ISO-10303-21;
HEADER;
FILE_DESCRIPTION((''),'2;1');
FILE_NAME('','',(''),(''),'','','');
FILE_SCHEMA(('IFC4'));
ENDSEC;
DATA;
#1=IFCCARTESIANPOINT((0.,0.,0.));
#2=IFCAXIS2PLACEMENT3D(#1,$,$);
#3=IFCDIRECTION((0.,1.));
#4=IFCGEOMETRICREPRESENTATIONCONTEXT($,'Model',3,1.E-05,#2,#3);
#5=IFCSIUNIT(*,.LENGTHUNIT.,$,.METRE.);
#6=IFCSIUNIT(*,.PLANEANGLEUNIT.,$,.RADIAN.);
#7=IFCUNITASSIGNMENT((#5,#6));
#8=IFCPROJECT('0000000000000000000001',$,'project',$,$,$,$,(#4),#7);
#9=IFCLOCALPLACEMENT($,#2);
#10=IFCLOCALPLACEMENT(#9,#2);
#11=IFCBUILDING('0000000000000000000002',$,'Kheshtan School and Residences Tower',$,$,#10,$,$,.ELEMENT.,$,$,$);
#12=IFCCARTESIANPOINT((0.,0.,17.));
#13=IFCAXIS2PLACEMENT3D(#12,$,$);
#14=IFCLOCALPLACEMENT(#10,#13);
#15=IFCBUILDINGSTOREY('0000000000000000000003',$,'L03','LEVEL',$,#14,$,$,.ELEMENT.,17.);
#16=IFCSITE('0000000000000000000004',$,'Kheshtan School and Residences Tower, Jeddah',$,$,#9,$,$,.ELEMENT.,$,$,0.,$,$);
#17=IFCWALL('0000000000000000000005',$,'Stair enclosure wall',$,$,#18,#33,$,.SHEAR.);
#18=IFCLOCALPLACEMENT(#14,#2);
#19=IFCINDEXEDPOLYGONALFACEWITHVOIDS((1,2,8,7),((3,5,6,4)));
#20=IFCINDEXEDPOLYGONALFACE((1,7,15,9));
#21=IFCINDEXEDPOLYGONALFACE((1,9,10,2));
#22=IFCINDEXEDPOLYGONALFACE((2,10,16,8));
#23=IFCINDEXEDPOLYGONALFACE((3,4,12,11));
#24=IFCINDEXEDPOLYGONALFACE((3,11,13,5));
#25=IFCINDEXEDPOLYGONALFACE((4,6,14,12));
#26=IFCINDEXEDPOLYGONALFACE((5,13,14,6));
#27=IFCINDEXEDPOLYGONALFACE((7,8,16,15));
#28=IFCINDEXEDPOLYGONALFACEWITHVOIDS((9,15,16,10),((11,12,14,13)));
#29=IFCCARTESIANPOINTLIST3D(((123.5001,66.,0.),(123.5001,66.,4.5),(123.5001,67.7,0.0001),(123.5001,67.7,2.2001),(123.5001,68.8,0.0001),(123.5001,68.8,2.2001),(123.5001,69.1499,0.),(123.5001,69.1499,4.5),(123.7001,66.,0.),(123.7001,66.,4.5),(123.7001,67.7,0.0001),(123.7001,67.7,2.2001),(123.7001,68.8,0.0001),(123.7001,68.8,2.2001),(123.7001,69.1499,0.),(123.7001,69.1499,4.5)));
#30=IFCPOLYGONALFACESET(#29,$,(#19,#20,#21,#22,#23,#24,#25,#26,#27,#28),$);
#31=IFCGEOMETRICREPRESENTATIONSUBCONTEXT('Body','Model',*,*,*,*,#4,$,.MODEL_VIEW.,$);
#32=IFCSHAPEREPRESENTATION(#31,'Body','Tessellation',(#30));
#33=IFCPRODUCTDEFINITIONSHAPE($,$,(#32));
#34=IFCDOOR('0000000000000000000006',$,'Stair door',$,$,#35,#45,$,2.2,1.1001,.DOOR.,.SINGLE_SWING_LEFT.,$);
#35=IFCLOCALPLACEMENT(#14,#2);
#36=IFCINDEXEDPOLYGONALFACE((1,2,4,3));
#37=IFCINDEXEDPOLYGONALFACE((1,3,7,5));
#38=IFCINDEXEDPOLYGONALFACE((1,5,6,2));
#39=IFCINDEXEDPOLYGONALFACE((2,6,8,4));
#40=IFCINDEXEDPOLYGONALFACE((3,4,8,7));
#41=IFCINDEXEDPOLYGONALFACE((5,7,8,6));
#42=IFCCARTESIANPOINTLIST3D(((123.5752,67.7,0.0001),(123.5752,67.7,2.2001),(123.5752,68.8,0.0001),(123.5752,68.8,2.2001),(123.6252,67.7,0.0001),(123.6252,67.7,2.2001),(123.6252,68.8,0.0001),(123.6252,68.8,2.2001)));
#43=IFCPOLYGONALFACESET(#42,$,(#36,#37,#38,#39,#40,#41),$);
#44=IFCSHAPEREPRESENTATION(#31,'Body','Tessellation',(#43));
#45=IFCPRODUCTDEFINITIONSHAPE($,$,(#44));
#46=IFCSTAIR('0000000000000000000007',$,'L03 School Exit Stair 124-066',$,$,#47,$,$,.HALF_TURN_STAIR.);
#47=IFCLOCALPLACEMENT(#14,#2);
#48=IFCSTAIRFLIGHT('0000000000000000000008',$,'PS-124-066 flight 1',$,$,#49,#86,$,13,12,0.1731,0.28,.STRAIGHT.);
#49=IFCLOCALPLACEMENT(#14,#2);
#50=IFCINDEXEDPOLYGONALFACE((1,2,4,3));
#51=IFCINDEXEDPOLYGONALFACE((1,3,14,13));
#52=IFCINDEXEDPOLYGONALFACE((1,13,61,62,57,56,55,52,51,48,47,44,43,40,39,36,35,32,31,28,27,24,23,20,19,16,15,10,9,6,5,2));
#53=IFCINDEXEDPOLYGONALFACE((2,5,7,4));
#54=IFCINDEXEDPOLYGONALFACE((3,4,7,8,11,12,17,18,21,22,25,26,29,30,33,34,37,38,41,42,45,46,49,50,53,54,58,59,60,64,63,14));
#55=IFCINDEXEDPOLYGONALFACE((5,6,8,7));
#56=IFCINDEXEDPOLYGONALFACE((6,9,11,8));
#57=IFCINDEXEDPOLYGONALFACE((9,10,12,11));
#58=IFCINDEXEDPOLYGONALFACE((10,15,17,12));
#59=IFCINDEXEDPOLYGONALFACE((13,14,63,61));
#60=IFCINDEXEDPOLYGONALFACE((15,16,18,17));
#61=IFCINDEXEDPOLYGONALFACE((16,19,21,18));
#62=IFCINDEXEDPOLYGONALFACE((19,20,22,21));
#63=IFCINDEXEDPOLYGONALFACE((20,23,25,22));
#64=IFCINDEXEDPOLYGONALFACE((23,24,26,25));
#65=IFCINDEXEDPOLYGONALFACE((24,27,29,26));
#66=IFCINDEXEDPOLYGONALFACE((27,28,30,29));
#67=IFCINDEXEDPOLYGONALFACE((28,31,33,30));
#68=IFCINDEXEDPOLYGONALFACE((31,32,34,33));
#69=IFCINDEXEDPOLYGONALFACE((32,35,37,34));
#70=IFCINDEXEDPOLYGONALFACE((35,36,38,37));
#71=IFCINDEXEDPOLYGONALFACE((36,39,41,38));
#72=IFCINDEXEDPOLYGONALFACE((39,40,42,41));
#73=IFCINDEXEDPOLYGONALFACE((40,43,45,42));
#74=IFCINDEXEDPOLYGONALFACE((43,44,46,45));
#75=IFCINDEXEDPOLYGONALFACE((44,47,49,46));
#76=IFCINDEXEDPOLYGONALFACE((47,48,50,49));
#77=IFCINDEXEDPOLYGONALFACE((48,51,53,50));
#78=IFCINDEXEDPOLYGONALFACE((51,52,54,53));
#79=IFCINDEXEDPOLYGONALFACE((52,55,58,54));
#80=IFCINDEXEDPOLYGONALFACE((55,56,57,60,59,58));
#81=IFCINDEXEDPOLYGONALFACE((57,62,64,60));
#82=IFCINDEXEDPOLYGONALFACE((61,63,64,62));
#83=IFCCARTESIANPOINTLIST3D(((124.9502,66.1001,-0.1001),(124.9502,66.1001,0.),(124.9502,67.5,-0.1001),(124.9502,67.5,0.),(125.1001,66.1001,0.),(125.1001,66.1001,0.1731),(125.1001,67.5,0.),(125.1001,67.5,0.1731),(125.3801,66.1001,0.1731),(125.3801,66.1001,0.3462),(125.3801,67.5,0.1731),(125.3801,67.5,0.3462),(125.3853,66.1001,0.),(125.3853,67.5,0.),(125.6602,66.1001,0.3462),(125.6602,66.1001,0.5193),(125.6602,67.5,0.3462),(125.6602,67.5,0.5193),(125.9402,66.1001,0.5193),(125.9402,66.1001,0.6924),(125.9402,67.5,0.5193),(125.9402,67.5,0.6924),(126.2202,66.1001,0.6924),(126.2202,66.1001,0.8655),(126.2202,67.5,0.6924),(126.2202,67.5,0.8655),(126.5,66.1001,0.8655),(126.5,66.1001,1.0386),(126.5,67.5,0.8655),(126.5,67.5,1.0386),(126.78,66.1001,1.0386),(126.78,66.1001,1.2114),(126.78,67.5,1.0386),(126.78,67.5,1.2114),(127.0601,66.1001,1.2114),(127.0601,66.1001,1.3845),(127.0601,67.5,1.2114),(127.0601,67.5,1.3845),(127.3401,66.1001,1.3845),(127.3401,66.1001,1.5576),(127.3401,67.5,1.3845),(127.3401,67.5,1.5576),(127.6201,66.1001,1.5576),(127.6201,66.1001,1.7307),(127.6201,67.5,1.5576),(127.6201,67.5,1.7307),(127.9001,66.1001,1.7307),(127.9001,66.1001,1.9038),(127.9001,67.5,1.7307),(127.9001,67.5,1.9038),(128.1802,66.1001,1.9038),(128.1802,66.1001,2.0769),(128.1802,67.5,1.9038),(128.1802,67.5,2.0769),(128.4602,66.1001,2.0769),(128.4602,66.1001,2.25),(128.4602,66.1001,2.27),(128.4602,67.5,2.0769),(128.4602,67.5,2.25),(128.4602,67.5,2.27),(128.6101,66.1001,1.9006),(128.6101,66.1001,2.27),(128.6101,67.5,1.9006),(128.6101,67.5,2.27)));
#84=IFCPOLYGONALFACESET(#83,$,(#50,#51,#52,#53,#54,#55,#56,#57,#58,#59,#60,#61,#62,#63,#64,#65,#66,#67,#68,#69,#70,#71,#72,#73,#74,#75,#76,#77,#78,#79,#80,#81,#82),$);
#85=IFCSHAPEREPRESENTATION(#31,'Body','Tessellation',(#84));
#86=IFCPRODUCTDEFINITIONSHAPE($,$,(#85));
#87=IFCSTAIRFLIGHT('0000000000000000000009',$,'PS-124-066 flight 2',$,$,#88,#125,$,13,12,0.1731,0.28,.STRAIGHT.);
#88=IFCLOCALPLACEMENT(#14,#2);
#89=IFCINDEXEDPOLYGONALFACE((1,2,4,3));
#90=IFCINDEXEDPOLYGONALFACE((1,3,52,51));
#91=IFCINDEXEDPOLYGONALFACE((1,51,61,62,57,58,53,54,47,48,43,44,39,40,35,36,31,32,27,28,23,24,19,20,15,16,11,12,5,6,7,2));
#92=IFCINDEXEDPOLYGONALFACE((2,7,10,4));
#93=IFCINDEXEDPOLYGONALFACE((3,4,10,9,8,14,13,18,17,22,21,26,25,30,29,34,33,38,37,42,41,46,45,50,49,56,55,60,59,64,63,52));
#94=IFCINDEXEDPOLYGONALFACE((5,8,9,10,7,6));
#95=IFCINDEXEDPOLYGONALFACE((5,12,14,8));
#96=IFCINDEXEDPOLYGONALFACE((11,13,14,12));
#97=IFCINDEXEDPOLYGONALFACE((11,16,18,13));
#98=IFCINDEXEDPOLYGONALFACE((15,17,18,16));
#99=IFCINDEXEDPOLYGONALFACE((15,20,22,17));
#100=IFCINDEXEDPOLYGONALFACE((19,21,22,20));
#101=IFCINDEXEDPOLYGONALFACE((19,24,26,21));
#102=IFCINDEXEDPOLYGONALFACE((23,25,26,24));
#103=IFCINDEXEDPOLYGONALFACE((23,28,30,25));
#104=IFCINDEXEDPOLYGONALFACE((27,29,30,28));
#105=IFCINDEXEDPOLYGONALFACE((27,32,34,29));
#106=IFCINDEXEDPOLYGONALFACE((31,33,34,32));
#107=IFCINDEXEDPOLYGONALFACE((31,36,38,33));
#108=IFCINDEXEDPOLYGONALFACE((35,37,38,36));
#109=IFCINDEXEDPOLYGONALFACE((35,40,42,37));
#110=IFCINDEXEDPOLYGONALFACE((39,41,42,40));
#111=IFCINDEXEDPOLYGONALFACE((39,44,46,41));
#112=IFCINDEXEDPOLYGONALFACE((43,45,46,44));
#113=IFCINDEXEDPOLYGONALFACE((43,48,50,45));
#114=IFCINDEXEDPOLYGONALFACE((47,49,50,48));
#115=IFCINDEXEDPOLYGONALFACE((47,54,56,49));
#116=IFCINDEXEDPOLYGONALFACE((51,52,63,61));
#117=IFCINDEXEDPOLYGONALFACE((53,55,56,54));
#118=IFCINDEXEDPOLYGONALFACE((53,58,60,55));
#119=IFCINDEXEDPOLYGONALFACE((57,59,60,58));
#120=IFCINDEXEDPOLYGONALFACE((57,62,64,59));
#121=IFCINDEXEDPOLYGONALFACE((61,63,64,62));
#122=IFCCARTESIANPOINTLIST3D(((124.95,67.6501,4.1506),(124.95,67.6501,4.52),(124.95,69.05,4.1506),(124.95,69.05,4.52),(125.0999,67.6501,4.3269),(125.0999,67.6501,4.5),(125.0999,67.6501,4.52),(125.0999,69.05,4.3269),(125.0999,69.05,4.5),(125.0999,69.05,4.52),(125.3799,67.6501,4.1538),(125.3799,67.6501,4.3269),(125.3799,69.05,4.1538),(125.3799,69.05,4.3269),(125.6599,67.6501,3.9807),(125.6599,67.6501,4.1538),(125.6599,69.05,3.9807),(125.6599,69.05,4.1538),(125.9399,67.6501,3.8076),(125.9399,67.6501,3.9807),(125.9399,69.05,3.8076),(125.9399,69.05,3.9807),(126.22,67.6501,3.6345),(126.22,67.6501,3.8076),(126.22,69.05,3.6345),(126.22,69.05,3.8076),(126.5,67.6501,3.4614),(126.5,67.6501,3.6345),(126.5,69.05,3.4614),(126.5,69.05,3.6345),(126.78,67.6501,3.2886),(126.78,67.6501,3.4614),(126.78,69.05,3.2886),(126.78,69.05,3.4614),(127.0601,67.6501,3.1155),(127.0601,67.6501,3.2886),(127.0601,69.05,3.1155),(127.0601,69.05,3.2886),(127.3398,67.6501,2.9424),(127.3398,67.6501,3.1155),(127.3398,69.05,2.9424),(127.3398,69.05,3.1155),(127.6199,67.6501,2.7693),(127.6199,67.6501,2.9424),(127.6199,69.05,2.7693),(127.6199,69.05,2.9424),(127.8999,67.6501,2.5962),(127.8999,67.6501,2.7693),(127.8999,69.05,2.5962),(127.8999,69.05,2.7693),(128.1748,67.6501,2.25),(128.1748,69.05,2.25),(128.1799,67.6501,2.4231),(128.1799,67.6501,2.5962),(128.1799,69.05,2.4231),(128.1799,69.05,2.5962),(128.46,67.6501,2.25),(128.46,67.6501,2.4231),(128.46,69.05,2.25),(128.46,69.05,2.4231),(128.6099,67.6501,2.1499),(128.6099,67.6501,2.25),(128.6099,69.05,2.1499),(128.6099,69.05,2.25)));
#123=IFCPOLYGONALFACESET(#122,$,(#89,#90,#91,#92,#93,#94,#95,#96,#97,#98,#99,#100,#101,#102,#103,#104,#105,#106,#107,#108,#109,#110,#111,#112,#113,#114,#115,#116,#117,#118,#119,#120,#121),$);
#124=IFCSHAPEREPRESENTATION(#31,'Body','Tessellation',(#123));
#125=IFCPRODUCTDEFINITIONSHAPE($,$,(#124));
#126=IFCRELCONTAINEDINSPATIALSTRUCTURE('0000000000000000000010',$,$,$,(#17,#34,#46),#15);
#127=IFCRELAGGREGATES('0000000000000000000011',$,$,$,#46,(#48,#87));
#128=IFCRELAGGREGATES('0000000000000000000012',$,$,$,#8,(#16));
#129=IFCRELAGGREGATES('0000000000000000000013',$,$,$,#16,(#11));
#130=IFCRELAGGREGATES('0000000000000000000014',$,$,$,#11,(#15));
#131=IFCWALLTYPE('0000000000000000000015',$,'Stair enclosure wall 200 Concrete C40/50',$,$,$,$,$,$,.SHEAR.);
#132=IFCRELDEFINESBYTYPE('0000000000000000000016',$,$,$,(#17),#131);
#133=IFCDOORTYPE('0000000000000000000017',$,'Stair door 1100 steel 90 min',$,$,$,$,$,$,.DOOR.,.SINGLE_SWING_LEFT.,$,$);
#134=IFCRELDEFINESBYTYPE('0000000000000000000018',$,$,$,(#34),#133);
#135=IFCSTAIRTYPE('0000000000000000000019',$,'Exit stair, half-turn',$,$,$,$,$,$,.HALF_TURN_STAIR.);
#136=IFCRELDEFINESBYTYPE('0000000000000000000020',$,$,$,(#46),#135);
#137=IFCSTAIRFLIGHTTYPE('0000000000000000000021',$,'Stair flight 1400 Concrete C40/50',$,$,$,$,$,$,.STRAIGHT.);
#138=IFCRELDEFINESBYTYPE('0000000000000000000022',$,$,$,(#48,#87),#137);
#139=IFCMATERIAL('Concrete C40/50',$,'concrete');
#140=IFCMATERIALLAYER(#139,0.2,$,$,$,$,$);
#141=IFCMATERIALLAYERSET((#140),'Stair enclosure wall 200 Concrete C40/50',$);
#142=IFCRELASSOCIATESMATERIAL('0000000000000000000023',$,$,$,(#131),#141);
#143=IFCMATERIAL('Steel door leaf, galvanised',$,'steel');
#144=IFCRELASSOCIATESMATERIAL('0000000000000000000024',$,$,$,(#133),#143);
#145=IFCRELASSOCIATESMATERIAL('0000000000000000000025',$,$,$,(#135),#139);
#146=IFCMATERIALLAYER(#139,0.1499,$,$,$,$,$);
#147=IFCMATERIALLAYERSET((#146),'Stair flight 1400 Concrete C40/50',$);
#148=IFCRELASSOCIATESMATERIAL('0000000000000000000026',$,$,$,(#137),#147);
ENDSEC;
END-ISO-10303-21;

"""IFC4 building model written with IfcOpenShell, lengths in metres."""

from ifc_helpers import new_model, si_unit, direction, frame, frame_2d, origin, place, context, subcontext, project, spatial, polyline, rectangle, outline, extrude, source, transform, mapped, material, layer, layer_set, type_object, element, fill, aggregate, save


model = new_model("IFC4")

# Units and contexts
model_context = context("Model", 3, precision=1e-05, world=origin(), true_north=direction((0.0, 1.0)))
body_context = subcontext(model_context, "Body", "Model", "MODEL_VIEW")
ifc_project = project(units=[si_unit("LENGTHUNIT", "METRE"), si_unit("PLANEANGLEUNIT", "RADIAN")], contexts=[model_context])

# Site, building, storey
site_placement = place(None, origin())
site = spatial("IfcSite", under=ifc_project, at=site_placement, Name="Kheshtan School and Residences Tower, Jeddah", CompositionType="ELEMENT", RefElevation=0.0)
building_placement = place(site_placement, origin())
building = spatial("IfcBuilding", under=site, at=building_placement, Name="Kheshtan School and Residences Tower", CompositionType="ELEMENT")
storey_placement = place(building_placement, frame((0.0, 0.0, 17.0)))
storey = spatial("IfcBuildingStorey", under=building, at=storey_placement, Name="L03", Description="LEVEL", CompositionType="ELEMENT", Elevation=17.0)

# Shared definitions
ifc_material_1 = material(Name="Concrete C40/50", Category="concrete")
ifc_layer_1 = layer(ifc_material_1, 0.2)
ifc_layer_set_1 = layer_set([ifc_layer_1], Name="Stair enclosure wall 200 Concrete C40/50")
wall_type_1 = type_object("IfcWallType", Name="Stair enclosure wall 200 Concrete C40/50", PredefinedType="SHEAR", material=ifc_layer_set_1)

# Wall, opening, door
wall_1_placement = place(storey_placement, frame((123.6001, 66.0, 0.0), z_axis=(0.0, 0.0, 1.0), x_axis=(0.0, 1.0, 0.0)))
wall_1 = element("IfcWall", 1, at=wall_1_placement, inside=storey, type_object=wall_type_1, Name="Stair enclosure wall", PredefinedType="SHEAR", context=body_context, shape_type="SweptSolid", body=[
    extrude(rectangle(XDim=3.1499, YDim=0.2, at=frame_2d((1.575, 0.0))), origin(), (0.0, 0.0, 1.0), 4.5),
])
opening_1_placement = place(wall_1_placement, frame((1.7, 0.0, 0.0)))
opening_1 = element("IfcOpeningElement", 2, at=opening_1_placement, cuts=wall_1, PredefinedType="OPENING", context=body_context, shape_type="SweptSolid", body=[
    extrude(rectangle(XDim=1.1001, YDim=2.2, at=frame_2d((0.55, 1.1001))), frame((0.0, 0.1099, 0.0), z_axis=(0.0, -1.0, 0.0), x_axis=(1.0, 0.0, 0.0)), (0.0, 0.0, 1.0), 0.22),
])
ifc_material_2 = material(Name="Steel door leaf, galvanised", Category="steel")
door_type_1 = type_object("IfcDoorType", Name="Stair door 1100 steel 90 min", OperationType="SINGLE_SWING_LEFT", PredefinedType="DOOR", material=ifc_material_2)
shared_shape_1 = source(origin(), body_context, "Body", "SweptSolid", [
    extrude(rectangle(XDim=1.1001, YDim=2.2, at=frame_2d((0.55, 1.1001))), frame((0.0, 0.0249, 0.0), z_axis=(0.0, -1.0, 0.0), x_axis=(1.0, 0.0, 0.0)), (0.0, 0.0, 1.0), 0.05),
])
door_1_placement = place(opening_1_placement, origin())
door_1 = element("IfcDoor", 3, at=door_1_placement, inside=storey, type_object=door_type_1, Name="Stair door", OperationType="SINGLE_SWING_LEFT", OverallHeight=2.2, OverallWidth=1.1001, PredefinedType="DOOR", context=body_context, shape_type="MappedRepresentation", body=[
    mapped(shared_shape_1, transform((0.0, 0.0, 0.0), x_axis=(1.0, 0.0, 0.0), y_axis=(0.0, 1.0, 0.0), z_axis=(0.0, 0.0, 1.0), scale=1.0)),
])
fill(opening_1, door_1)

# Stair, stair flights
stair_type = type_object("IfcStairType", Name="Exit stair, half-turn", PredefinedType="HALF_TURN_STAIR", material=ifc_material_1)
stair_placement = place(storey_placement, origin())
stair = element("IfcStair", 4, at=stair_placement, inside=storey, type_object=stair_type, Name="L03 School Exit Stair 124-066", PredefinedType="HALF_TURN_STAIR")
ifc_layer_2 = layer(ifc_material_1, 0.1499)
ifc_layer_set_2 = layer_set([ifc_layer_2], Name="Stair flight 1400 Concrete C40/50")
stair_flight_type = type_object("IfcStairFlightType", Name="Stair flight 1400 Concrete C40/50", PredefinedType="STRAIGHT", material=ifc_layer_set_2)
stair_flight_1_placement = place(storey_placement, frame((125.1001, 66.8, 0.0), z_axis=(0.0, 0.0, 1.0), x_axis=(1.0, 0.0, 0.0)))
stair_flight_1 = element("IfcStairFlight", 5, at=stair_flight_1_placement, type_object=stair_flight_type, Name="PS-124-066 flight 1", NumberOfRisers=13, NumberOfTreads=12, PredefinedType="STRAIGHT", RiserHeight=0.1731, TreadLength=0.28, context=body_context, shape_type="SweptSolid", body=[
    extrude(outline(polyline([(-0.1499, -0.1001), (-0.1499, 0.0), (0.0, 0.0), (0.0, 0.1731), (0.28, 0.1731), (0.28, 0.3462), (0.5601, 0.3462), (0.5601, 0.5193), (0.8401, 0.5193), (0.8401, 0.6924), (1.1201, 0.6924), (1.1201, 0.8655), (1.3999, 0.8655), (1.3999, 1.0386), (1.6799, 1.0386), (1.6799, 1.2114), (1.96, 1.2114), (1.96, 1.3845), (2.24, 1.3845), (2.24, 1.5576), (2.52, 1.5576), (2.52, 1.7307), (2.8, 1.7307), (2.8, 1.9038), (3.0801, 1.9038), (3.0801, 2.0769), (3.3601, 2.0769), (3.3601, 2.25), (3.3601, 2.27), (3.51, 2.27), (3.51, 1.9006), (0.2852, 0.0), (-0.1499, -0.1001)])), frame((0.0, 0.7, 0.0), z_axis=(0.0, -1.0, 0.0), x_axis=(1.0, 0.0, 0.0)), (0.0, 0.0, 1.0), 1.3999),
])
stair_flight_2_placement = place(storey_placement, frame((128.46, 68.3501, 2.25), z_axis=(0.0, 0.0, 1.0), x_axis=(-1.0, 0.0, 0.0)))
stair_flight_2 = element("IfcStairFlight", 6, at=stair_flight_2_placement, type_object=stair_flight_type, Name="PS-124-066 flight 2", NumberOfRisers=13, NumberOfTreads=12, PredefinedType="STRAIGHT", RiserHeight=0.1731, TreadLength=0.28, context=body_context, shape_type="SweptSolid", body=[
    extrude(outline(polyline([(-0.1499, -0.1001), (-0.1499, 0.0), (0.0, 0.0), (0.0, 0.1731), (0.28, 0.1731), (0.28, 0.3462), (0.5601, 0.3462), (0.5601, 0.5193), (0.8401, 0.5193), (0.8401, 0.6924), (1.1201, 0.6924), (1.1201, 0.8655), (1.3999, 0.8655), (1.3999, 1.0386), (1.6799, 1.0386), (1.6799, 1.2114), (1.96, 1.2114), (1.96, 1.3845), (2.24, 1.3845), (2.24, 1.5576), (2.52, 1.5576), (2.52, 1.7307), (2.8, 1.7307), (2.8, 1.9038), (3.0801, 1.9038), (3.0801, 2.0769), (3.3601, 2.0769), (3.3601, 2.25), (3.3601, 2.27), (3.51, 2.27), (3.51, 1.9006), (0.2852, 0.0), (-0.1499, -0.1001)])), frame((0.0, 0.7, 0.0), z_axis=(0.0, -1.0, 0.0), x_axis=(1.0, 0.0, 0.0)), (0.0, 0.0, 1.0), 1.3999),
])
aggregate(stair, [stair_flight_1, stair_flight_2])

save(model, "model.ifc")
